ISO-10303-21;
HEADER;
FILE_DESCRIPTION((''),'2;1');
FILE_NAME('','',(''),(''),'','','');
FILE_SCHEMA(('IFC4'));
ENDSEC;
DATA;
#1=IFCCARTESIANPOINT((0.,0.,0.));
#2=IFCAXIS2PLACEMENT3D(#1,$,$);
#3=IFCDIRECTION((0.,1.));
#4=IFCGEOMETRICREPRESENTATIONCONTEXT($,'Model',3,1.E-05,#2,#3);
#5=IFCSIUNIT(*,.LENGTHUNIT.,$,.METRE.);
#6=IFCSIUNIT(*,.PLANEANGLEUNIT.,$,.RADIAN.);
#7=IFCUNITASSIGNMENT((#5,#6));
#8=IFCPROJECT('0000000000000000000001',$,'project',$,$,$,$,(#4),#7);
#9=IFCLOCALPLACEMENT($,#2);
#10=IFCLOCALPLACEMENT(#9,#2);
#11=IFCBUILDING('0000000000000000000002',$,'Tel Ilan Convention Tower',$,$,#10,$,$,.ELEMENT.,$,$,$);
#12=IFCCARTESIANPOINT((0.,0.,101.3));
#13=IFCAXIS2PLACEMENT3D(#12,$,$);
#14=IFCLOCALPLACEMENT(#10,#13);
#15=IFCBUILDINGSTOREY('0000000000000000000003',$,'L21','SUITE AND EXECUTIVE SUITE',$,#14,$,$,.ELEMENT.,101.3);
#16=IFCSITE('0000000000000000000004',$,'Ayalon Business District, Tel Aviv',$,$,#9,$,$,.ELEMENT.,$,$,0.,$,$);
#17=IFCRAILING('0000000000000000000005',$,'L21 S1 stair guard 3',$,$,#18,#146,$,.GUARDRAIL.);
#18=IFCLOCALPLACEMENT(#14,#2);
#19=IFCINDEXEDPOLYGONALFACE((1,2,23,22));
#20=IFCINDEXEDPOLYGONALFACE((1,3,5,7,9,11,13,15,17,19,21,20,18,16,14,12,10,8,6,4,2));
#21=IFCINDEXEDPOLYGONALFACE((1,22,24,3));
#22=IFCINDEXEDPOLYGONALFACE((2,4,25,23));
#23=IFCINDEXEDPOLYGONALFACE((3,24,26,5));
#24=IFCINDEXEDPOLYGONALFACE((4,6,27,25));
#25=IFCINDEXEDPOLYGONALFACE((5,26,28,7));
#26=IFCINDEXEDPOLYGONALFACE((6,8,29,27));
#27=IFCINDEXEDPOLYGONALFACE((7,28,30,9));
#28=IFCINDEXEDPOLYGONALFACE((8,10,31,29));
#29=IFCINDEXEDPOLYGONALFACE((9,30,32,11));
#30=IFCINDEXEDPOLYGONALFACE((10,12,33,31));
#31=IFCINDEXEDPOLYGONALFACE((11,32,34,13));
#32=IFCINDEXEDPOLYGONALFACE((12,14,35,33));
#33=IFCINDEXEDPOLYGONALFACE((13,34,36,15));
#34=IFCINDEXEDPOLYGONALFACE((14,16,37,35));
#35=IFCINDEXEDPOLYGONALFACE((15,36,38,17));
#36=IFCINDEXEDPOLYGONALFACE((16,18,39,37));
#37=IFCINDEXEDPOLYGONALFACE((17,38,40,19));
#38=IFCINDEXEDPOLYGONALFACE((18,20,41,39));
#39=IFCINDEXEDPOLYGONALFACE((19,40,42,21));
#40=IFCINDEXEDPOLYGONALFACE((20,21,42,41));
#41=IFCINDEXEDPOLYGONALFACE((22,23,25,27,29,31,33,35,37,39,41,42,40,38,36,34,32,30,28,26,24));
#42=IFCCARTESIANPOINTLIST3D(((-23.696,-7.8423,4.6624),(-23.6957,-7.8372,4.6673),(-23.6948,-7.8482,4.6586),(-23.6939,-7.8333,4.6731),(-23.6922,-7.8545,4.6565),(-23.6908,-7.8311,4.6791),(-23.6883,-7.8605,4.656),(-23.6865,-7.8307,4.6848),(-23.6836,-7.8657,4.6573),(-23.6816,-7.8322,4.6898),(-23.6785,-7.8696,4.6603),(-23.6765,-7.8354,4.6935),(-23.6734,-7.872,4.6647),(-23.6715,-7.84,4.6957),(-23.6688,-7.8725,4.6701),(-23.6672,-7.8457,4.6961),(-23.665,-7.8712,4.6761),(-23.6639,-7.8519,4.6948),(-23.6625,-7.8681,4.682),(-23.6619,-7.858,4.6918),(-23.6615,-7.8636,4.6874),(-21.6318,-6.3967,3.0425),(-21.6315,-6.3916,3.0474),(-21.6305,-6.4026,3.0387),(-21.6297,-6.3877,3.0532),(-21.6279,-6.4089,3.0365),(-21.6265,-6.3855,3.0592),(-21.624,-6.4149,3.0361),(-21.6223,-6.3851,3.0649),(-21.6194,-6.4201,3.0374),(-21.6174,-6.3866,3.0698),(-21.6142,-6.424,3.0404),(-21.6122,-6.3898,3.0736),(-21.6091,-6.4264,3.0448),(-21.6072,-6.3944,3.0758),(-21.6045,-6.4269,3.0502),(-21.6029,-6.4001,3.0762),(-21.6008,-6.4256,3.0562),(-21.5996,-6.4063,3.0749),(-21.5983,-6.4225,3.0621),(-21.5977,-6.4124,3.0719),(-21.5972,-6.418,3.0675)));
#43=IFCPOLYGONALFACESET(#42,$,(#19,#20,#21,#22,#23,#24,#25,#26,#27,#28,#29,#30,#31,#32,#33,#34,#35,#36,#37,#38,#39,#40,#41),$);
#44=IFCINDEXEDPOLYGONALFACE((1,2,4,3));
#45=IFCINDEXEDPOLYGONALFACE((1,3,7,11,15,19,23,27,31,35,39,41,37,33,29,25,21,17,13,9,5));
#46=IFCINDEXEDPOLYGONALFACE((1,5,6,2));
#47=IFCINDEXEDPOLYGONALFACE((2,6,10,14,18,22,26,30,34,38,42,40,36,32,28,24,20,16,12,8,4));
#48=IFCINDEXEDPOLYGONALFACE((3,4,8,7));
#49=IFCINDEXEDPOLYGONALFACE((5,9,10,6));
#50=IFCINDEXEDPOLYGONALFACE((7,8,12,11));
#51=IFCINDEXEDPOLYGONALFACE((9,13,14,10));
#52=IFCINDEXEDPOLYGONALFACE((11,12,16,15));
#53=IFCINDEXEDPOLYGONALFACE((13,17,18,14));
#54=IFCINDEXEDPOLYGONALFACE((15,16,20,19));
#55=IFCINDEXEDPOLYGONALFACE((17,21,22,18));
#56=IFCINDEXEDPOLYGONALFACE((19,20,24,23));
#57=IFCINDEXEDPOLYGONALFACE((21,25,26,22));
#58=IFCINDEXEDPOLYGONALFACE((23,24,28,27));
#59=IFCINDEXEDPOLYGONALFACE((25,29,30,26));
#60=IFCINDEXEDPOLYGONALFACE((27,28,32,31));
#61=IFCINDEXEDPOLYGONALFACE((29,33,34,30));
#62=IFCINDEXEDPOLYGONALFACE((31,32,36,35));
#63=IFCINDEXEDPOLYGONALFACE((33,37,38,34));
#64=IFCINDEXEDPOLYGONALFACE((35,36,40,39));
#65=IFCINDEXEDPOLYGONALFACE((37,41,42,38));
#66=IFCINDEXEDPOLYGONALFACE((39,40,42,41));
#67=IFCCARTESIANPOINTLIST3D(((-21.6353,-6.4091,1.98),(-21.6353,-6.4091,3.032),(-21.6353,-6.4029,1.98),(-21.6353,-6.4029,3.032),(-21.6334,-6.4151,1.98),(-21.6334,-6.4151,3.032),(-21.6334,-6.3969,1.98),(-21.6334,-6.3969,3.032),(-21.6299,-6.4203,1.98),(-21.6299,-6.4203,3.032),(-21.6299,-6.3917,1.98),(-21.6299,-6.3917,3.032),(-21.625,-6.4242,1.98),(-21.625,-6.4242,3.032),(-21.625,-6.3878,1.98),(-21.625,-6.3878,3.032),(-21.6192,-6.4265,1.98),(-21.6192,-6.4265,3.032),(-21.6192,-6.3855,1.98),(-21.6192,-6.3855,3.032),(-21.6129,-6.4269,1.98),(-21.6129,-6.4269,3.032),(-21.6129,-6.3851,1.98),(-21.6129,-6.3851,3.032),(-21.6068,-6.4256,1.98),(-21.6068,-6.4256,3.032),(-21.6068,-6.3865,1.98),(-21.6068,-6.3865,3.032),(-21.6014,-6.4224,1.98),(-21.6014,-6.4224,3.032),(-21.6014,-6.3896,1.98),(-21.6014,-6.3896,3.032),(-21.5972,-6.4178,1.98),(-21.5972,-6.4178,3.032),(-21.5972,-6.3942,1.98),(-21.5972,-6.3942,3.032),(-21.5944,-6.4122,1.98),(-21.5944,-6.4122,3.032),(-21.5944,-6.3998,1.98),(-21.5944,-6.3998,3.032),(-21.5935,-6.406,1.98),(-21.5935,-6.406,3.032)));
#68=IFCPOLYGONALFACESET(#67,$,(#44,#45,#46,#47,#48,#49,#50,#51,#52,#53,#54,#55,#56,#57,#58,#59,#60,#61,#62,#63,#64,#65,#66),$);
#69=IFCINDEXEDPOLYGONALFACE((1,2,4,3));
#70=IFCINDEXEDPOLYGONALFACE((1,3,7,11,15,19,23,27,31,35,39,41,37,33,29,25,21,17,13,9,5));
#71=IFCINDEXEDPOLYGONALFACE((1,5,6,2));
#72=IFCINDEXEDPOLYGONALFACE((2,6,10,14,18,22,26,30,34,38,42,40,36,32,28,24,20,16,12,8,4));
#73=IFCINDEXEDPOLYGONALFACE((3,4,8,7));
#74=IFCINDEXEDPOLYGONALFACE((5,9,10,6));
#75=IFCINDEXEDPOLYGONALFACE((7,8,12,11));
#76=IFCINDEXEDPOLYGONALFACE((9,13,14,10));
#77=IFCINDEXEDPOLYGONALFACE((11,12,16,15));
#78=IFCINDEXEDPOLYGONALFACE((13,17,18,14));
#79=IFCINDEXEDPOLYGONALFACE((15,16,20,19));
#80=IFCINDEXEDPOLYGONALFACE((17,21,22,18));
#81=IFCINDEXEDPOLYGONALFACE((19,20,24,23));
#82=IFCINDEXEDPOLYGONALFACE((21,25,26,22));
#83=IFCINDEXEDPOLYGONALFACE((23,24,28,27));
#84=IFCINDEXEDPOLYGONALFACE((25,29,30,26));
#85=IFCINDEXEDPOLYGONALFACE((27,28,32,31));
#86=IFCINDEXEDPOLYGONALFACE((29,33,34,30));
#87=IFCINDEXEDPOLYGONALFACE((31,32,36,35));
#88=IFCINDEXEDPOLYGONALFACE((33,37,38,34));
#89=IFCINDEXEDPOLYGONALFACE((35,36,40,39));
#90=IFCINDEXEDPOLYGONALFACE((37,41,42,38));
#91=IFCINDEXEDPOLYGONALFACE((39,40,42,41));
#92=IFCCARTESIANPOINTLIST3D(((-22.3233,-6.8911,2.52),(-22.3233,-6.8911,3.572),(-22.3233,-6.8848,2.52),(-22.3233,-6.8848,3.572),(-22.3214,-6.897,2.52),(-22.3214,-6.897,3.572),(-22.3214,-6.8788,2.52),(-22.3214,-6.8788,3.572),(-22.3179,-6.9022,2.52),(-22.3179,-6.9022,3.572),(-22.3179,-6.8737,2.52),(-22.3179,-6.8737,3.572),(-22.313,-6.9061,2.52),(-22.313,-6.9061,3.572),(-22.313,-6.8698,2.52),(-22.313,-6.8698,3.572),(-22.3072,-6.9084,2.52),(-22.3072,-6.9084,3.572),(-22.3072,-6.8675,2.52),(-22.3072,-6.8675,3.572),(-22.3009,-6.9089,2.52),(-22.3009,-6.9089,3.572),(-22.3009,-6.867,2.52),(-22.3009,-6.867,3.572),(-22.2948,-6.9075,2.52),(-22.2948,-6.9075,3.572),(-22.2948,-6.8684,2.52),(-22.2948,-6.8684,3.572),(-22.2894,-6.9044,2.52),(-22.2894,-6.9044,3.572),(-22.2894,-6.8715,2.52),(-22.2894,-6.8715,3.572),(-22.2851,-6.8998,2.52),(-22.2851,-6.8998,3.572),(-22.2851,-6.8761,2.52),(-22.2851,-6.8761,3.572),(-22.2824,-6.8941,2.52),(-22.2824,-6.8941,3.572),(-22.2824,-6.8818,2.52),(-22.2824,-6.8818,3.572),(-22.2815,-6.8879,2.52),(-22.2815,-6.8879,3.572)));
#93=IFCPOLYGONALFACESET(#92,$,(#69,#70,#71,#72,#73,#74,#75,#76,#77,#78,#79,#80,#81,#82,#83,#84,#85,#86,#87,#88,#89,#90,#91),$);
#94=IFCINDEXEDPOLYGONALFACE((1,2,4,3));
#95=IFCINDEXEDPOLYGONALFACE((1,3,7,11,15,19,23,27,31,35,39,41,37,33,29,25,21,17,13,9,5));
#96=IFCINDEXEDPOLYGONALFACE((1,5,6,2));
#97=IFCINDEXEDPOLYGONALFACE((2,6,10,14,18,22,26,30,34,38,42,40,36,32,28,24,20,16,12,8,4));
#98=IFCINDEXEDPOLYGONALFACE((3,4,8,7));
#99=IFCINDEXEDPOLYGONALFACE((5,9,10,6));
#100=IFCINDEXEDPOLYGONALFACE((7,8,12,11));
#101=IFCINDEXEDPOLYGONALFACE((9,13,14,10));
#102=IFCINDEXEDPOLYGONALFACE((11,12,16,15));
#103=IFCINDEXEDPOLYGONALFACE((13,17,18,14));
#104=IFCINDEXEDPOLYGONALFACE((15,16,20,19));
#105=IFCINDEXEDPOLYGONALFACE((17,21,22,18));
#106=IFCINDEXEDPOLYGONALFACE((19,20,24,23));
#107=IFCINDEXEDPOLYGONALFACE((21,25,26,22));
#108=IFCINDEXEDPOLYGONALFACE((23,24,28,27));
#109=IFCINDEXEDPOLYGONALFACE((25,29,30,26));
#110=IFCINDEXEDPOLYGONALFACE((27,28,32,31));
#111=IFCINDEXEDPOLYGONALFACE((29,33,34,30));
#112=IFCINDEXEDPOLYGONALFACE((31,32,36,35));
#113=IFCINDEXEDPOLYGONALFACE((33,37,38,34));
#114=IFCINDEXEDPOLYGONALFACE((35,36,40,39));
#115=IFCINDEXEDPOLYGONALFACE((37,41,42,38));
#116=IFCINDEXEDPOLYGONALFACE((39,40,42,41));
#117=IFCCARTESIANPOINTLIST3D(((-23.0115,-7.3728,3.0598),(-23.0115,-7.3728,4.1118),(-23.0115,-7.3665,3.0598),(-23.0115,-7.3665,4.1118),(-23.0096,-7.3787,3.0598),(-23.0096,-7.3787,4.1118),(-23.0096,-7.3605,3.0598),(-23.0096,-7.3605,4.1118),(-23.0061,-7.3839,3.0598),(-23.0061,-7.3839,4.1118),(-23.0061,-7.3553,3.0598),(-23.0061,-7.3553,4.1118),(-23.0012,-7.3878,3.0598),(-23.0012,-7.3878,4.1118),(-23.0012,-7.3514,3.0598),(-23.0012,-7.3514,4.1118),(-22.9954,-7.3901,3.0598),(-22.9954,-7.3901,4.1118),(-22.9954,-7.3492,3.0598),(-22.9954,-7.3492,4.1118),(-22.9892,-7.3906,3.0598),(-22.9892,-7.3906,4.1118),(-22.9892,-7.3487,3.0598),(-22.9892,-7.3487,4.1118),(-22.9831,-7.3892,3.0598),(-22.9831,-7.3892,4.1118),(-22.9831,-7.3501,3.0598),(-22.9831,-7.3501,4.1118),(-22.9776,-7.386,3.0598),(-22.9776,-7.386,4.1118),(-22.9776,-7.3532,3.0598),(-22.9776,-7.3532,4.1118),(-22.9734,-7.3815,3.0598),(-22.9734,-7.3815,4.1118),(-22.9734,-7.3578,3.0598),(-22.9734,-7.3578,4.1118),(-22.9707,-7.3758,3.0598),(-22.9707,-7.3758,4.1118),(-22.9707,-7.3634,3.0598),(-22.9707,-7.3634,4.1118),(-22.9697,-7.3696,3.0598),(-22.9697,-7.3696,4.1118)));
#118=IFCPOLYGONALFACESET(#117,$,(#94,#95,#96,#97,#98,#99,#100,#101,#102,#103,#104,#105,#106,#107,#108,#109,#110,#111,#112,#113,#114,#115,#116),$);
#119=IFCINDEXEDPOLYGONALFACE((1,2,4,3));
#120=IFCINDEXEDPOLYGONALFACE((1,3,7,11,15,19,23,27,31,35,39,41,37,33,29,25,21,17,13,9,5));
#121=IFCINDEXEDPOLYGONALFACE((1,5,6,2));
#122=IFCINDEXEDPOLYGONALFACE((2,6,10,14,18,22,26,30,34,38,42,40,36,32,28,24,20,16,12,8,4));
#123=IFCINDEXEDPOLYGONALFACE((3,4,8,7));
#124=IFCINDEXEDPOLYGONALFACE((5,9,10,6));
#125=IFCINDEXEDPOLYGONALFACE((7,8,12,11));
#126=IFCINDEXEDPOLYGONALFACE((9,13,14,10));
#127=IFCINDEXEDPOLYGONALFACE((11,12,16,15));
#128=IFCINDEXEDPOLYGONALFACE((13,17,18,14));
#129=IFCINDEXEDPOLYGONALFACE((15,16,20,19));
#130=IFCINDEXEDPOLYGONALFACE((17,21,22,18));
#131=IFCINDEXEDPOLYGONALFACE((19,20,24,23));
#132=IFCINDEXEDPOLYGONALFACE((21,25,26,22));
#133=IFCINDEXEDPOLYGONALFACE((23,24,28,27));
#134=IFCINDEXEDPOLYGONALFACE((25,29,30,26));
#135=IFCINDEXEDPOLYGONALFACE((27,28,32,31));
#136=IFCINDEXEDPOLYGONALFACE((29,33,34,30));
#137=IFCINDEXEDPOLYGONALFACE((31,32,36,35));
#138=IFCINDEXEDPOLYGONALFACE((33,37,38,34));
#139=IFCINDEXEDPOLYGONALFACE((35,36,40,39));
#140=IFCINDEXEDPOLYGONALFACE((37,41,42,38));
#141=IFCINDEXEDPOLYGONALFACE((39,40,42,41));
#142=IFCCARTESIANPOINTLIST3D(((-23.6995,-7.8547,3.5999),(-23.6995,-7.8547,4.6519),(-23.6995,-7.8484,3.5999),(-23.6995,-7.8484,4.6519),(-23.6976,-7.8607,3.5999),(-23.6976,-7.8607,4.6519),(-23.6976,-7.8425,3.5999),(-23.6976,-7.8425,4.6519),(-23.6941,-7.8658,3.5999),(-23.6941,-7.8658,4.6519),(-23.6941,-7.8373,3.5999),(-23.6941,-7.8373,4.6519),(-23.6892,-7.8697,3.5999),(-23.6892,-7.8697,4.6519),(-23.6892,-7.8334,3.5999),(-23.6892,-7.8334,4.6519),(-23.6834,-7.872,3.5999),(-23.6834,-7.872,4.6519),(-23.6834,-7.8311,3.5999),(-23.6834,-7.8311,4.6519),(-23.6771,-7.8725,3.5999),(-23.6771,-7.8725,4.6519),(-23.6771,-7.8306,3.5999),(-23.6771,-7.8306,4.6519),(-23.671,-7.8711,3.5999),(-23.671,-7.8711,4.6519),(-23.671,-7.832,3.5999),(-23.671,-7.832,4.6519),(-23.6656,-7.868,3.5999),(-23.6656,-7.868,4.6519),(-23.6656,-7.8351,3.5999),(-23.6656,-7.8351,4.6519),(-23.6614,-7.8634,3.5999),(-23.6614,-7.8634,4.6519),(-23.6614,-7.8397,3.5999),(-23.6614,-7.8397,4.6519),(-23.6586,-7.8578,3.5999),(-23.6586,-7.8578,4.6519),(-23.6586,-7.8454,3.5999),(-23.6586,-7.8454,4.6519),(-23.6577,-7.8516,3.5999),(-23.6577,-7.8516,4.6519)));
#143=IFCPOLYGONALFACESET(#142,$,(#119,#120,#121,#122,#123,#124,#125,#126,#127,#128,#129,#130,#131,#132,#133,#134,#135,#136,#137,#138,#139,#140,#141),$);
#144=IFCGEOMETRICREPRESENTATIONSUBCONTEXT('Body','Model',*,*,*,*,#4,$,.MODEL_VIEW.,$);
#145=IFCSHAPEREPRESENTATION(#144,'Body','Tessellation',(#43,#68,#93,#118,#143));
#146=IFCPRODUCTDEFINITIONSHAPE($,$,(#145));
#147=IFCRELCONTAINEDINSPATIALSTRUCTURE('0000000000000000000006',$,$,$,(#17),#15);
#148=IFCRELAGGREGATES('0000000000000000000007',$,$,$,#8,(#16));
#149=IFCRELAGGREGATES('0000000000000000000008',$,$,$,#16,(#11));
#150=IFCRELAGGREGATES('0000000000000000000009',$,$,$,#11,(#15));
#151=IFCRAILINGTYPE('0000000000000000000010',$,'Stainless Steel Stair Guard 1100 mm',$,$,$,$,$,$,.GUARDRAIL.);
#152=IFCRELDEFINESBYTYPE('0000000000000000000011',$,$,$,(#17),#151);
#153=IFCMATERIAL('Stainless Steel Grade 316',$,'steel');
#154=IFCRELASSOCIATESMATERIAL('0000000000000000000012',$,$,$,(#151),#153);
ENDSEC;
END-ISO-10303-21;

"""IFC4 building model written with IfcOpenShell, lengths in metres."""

from ifc_helpers import new_model, si_unit, direction, frame, origin, origin_2d, place, context, subcontext, project, spatial, circle, extrude, material, type_object, element, save


model = new_model("IFC4")

# Units and contexts
model_context = context("Model", 3, precision=1e-05, world=origin(), true_north=direction((0.0, 1.0)))
body_context = subcontext(model_context, "Body", "Model", "MODEL_VIEW")
ifc_project = project(units=[si_unit("LENGTHUNIT", "METRE"), si_unit("PLANEANGLEUNIT", "RADIAN")], contexts=[model_context])

# Site, building, storey
site_placement = place(None, origin())
site = spatial("IfcSite", under=ifc_project, at=site_placement, Name="Ayalon Business District, Tel Aviv", CompositionType="ELEMENT", RefElevation=0.0)
building_placement = place(site_placement, origin())
building = spatial("IfcBuilding", under=site, at=building_placement, Name="Tel Ilan Convention Tower", CompositionType="ELEMENT")
storey_placement = place(building_placement, frame((0.0, 0.0, 101.3)))
storey = spatial("IfcBuildingStorey", under=building, at=storey_placement, Name="L21", Description="SUITE AND EXECUTIVE SUITE", CompositionType="ELEMENT", Elevation=101.3)

# Railing
ifc_material_1 = material(Name="Stainless Steel Grade 316", Category="steel")
railing_type_1 = type_object("IfcRailingType", Name="Stainless Steel Stair Guard 1100 mm", PredefinedType="GUARDRAIL", material=ifc_material_1)
railing_1_placement = place(storey_placement, frame((-21.6145, -6.406, 1.98)))
element("IfcRailing", 1, at=railing_1_placement, inside=storey, type_object=railing_type_1, Name="L21 S1 stair guard 3", PredefinedType="GUARDRAIL", context=body_context, shape_type="SweptSolid", body=[
    extrude(circle(Radius=0.0239, at=origin_2d()), frame((0.0, 0.0, 1.0762), z_axis=(-0.689043, -0.482534, 0.540722), x_axis=(0.573625, -0.819118, 0.0)), (0.0, 0.0, 1.0), 2.9958),
    extrude(circle(Radius=0.021, at=origin_2d()), origin(), (0.0, 0.0, 1.0), 1.052),
    extrude(circle(Radius=0.021, at=origin_2d()), frame((-0.688, -0.4819, 0.54)), (0.0, 0.0, 1.0), 1.052),
    extrude(circle(Radius=0.021, at=origin_2d()), frame((-1.3762, -0.9636, 1.0798)), (0.0, 0.0, 1.0), 1.052),
    extrude(circle(Radius=0.021, at=origin_2d()), frame((-2.0642, -1.4456, 1.6199)), (0.0, 0.0, 1.0), 1.052),
])

save(model, "model.ifc")
